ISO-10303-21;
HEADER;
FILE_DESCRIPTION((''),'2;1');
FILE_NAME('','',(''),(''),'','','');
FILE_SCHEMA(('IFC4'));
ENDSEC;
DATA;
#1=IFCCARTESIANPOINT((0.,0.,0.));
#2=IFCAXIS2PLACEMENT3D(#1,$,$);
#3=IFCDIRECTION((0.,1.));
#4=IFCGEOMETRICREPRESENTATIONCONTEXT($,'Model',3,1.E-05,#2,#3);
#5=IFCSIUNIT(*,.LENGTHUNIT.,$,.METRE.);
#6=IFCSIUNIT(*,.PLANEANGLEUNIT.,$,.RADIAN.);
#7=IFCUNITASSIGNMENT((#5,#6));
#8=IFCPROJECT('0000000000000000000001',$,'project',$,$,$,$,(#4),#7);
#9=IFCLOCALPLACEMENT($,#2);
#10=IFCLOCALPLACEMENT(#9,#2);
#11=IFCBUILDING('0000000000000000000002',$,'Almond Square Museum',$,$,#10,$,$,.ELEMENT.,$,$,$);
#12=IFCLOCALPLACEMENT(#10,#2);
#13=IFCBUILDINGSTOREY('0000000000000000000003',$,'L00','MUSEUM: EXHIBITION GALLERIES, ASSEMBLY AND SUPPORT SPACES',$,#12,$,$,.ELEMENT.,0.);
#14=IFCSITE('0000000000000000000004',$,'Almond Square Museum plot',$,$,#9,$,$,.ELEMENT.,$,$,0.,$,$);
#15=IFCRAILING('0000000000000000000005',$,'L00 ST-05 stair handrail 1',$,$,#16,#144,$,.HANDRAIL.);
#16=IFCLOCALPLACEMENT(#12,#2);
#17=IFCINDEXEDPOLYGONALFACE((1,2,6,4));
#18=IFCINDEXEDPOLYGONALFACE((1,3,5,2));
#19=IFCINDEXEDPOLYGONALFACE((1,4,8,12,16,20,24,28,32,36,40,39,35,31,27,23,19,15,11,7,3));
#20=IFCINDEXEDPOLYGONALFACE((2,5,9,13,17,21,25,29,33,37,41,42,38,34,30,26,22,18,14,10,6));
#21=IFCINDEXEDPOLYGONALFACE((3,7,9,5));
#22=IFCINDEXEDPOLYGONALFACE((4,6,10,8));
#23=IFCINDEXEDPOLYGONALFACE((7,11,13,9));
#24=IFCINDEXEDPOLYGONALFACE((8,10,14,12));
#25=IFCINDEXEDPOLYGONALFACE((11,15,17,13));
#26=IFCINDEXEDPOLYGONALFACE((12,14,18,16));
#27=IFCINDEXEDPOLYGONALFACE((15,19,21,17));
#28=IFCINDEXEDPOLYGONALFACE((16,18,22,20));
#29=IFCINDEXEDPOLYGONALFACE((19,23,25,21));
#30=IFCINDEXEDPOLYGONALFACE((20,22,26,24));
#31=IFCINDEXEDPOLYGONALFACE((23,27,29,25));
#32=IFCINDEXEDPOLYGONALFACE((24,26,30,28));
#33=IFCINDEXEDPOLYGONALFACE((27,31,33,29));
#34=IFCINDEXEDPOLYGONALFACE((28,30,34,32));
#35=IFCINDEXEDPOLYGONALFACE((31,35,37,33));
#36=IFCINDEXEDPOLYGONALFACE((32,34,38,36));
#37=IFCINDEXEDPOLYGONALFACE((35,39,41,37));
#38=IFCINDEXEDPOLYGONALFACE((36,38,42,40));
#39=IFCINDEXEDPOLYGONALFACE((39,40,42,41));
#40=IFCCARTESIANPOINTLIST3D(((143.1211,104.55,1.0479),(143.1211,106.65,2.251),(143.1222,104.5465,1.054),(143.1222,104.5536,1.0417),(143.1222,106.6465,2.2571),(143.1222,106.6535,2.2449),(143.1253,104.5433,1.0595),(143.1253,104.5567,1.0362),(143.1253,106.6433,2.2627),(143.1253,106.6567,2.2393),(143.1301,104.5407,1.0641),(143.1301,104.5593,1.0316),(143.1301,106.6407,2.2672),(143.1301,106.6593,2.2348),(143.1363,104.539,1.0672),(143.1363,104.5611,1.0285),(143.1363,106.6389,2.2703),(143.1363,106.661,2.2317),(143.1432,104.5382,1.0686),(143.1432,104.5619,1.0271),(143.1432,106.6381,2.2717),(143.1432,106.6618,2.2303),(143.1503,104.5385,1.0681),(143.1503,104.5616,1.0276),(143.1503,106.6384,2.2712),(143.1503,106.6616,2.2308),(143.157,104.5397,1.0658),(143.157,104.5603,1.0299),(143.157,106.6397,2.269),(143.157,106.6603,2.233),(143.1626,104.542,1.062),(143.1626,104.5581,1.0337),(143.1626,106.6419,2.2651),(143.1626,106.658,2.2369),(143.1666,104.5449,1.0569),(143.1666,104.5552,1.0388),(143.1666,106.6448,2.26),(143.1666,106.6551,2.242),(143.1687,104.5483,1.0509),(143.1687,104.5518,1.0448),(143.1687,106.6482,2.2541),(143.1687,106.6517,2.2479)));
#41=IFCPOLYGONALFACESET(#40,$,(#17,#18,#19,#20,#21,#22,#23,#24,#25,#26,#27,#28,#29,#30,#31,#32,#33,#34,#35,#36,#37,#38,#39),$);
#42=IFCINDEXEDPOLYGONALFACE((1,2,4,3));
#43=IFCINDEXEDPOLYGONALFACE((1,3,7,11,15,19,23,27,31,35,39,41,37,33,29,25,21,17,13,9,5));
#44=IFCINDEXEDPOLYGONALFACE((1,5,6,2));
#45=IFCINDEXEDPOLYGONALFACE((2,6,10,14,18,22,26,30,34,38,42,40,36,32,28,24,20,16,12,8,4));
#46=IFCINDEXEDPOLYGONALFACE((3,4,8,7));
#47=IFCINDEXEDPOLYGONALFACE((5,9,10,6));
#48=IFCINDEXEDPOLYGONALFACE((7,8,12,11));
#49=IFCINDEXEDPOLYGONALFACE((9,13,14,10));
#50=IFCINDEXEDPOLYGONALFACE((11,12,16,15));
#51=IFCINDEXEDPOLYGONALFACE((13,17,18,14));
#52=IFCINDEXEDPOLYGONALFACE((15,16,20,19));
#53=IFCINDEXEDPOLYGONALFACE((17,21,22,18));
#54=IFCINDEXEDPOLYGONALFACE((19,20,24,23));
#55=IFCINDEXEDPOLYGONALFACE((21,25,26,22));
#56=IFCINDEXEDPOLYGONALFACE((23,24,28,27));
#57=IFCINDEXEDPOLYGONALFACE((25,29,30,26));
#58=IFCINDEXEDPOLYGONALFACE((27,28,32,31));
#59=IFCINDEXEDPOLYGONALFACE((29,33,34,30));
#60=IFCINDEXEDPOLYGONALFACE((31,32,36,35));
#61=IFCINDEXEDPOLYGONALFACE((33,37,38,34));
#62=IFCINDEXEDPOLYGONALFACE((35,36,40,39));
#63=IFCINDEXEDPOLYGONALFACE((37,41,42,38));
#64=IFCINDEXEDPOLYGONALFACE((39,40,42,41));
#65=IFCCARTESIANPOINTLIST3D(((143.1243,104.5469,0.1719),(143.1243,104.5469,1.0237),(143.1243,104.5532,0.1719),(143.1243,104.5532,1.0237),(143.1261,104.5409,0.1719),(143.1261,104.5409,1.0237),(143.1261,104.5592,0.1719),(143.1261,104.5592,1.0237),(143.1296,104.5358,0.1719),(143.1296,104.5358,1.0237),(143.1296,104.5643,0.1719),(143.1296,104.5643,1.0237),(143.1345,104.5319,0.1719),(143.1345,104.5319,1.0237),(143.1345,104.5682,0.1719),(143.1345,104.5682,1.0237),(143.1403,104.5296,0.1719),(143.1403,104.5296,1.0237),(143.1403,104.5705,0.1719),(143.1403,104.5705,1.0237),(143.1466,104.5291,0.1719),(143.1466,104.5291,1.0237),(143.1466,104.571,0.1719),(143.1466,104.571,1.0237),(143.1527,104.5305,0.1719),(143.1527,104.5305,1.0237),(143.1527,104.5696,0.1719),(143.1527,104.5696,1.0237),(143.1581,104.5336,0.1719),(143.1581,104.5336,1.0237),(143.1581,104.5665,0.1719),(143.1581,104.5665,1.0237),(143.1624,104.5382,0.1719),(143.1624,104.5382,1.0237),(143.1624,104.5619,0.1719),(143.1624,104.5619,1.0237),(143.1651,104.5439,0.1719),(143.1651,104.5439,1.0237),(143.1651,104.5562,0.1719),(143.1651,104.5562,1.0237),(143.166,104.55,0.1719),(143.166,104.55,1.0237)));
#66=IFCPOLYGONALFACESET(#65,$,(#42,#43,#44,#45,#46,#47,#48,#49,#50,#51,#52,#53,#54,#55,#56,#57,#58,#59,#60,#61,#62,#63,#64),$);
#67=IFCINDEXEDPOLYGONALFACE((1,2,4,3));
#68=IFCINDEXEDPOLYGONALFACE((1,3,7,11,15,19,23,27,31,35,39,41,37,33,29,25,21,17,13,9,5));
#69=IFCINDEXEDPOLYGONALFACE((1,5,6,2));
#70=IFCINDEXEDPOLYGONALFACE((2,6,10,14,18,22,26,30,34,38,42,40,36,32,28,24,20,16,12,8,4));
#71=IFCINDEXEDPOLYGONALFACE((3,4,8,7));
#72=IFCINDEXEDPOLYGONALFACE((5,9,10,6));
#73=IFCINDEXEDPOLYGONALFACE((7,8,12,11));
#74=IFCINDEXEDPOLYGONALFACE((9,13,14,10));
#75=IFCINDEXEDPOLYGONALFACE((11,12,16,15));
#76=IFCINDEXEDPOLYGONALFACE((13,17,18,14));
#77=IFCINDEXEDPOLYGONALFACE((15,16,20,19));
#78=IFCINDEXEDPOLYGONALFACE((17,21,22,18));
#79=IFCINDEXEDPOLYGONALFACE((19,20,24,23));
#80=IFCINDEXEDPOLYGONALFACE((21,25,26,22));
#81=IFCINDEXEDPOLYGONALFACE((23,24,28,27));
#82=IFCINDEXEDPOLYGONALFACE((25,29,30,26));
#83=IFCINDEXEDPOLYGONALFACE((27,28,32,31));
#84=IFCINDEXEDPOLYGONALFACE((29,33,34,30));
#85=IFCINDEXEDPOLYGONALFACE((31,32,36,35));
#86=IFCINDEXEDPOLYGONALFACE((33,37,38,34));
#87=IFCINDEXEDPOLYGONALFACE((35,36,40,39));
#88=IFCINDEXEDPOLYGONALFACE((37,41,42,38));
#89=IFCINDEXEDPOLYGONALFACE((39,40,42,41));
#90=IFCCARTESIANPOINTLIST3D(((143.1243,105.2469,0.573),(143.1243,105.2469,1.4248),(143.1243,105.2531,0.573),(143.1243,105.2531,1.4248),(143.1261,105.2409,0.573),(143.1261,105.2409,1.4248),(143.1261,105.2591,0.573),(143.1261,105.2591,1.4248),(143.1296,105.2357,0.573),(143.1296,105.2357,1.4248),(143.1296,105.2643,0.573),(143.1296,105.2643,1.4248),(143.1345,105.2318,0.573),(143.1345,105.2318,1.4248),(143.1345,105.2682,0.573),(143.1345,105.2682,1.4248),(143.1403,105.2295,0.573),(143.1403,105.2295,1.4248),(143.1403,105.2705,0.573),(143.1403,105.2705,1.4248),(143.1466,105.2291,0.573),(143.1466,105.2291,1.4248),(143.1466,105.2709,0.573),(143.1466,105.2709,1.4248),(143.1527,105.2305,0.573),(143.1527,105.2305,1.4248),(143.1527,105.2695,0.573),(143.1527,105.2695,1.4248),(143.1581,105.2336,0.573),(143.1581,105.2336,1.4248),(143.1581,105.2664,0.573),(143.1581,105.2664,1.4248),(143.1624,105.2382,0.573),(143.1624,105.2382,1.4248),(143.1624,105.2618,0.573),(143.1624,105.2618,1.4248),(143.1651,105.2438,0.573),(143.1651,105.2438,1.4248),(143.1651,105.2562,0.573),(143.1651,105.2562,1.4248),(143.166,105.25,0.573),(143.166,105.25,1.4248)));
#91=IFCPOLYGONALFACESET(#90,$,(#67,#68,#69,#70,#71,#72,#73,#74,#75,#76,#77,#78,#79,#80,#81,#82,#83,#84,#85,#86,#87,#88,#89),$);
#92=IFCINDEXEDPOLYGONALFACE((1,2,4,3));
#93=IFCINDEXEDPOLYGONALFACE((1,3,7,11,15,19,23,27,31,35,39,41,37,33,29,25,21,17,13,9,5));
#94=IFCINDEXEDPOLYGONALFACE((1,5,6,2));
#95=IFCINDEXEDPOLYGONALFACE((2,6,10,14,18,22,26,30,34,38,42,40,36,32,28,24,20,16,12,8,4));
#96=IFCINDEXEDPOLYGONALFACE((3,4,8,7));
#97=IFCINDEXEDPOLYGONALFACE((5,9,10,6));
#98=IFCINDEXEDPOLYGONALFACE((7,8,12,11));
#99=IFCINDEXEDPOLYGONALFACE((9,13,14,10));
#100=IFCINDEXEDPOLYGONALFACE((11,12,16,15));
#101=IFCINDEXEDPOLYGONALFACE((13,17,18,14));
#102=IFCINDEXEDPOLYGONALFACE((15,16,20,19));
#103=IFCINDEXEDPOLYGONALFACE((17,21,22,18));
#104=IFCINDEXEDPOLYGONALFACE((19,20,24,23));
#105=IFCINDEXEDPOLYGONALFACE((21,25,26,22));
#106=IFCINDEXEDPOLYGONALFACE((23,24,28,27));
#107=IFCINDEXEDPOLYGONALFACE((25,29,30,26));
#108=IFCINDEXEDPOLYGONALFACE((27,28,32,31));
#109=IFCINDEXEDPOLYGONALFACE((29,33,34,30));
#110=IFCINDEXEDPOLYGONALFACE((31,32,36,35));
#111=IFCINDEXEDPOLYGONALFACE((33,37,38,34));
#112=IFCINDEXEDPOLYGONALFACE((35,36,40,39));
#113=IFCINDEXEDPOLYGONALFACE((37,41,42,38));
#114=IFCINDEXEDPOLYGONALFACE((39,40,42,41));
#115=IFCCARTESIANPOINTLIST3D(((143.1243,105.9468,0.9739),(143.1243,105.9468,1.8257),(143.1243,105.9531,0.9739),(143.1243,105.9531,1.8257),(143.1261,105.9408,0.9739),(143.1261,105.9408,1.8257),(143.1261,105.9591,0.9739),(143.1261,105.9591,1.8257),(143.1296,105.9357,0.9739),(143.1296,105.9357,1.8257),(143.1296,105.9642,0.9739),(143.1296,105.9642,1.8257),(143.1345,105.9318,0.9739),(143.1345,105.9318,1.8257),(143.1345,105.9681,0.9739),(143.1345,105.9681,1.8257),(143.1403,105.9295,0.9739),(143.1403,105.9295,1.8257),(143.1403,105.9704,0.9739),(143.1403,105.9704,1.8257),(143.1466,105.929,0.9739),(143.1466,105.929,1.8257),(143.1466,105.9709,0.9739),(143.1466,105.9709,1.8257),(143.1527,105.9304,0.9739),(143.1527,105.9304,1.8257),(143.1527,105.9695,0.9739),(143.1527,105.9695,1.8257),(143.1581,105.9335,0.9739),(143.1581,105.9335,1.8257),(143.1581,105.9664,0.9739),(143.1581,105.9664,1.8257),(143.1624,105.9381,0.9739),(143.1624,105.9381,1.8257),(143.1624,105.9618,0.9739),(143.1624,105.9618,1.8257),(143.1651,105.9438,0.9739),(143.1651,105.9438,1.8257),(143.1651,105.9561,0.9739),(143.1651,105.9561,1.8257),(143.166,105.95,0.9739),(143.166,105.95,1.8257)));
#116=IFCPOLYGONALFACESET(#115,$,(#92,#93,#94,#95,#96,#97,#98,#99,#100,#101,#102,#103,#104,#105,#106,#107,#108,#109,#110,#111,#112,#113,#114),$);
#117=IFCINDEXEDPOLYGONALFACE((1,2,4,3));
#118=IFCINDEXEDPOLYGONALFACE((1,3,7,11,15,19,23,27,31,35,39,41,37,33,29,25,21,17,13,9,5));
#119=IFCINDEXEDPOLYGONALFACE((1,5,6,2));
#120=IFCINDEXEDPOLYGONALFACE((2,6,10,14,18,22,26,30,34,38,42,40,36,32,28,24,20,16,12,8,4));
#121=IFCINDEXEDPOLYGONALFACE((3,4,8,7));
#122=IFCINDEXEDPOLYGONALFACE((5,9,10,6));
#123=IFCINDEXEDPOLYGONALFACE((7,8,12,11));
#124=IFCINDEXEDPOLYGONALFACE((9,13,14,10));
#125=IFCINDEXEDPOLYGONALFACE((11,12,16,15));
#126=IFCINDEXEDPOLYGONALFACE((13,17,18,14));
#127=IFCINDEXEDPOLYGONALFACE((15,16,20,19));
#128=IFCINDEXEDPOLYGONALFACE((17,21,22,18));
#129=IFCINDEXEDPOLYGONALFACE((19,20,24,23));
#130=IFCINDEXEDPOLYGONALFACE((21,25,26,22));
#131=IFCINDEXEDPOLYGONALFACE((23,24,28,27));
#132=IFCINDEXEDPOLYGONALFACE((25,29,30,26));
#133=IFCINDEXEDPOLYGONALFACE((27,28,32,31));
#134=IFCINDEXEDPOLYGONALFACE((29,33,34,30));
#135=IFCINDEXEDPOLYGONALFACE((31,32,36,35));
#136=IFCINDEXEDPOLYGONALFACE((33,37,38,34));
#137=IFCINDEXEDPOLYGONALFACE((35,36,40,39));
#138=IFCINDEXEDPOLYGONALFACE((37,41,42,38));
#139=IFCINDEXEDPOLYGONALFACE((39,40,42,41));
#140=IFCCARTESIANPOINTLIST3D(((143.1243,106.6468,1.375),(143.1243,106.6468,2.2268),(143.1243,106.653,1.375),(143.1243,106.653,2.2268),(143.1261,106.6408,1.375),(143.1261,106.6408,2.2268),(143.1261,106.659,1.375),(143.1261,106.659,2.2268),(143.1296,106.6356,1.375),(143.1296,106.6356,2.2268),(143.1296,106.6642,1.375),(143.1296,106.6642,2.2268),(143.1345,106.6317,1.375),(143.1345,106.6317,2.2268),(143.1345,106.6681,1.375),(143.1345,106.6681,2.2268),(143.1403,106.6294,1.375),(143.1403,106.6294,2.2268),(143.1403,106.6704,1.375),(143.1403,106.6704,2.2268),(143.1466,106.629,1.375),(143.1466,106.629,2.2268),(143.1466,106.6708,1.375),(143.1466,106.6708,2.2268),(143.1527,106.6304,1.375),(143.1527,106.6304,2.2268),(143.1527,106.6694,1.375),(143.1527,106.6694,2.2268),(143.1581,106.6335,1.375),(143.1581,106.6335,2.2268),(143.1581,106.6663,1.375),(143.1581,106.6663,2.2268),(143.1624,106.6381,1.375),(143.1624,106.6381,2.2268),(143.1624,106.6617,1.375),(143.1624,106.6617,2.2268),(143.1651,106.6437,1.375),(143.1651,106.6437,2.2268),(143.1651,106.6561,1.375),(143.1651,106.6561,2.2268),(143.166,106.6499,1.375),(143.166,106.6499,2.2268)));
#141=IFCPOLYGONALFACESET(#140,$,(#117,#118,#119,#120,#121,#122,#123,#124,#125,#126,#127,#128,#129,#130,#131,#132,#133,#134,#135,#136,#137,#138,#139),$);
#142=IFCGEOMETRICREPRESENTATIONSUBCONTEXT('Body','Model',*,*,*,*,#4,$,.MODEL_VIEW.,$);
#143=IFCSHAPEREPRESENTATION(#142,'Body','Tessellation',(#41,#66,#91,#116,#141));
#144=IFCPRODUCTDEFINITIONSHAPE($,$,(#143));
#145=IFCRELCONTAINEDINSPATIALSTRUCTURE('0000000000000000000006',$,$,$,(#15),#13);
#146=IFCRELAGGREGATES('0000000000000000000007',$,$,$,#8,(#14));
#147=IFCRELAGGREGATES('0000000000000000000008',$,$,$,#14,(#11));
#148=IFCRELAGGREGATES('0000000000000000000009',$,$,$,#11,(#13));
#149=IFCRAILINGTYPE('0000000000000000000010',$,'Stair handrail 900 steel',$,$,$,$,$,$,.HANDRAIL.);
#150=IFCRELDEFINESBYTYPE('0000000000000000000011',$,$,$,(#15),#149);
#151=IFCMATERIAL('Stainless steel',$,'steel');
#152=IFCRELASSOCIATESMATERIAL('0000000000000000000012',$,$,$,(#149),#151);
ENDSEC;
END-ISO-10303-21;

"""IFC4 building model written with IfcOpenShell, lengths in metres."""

from ifc_helpers import new_model, si_unit, direction, frame, origin, origin_2d, place, context, subcontext, project, spatial, circle, extrude, material, type_object, element, save


model = new_model("IFC4")

# Units and contexts
model_context = context("Model", 3, precision=1e-05, world=origin(), true_north=direction((0.0, 1.0)))
body_context = subcontext(model_context, "Body", "Model", "MODEL_VIEW")
ifc_project = project(units=[si_unit("LENGTHUNIT", "METRE"), si_unit("PLANEANGLEUNIT", "RADIAN")], contexts=[model_context])

# Site, building, storey
site_placement = place(None, origin())
site = spatial("IfcSite", under=ifc_project, at=site_placement, Name="Almond Square Museum plot", CompositionType="ELEMENT", RefElevation=0.0)
building_placement = place(site_placement, origin())
building = spatial("IfcBuilding", under=site, at=building_placement, Name="Almond Square Museum", CompositionType="ELEMENT")
storey_placement = place(building_placement, origin())
storey = spatial("IfcBuildingStorey", under=building, at=storey_placement, Name="L00", Description="MUSEUM: EXHIBITION GALLERIES, ASSEMBLY AND SUPPORT SPACES", CompositionType="ELEMENT", Elevation=0.0)

# Railing
ifc_material_1 = material(Name="Stainless steel", Category="steel")
railing_type_1 = type_object("IfcRailingType", Name="Stair handrail 900 steel", PredefinedType="HANDRAIL", material=ifc_material_1)
for number, where, name in (
    (1, (143.145, 104.55, 0.1719), "L00 ST-05 stair handrail 1"),
):
    element("IfcRailing", number, at=place(storey_placement, frame(where)), inside=storey, type_object=railing_type_1, Name=name, PredefinedType="HANDRAIL", context=body_context, shape_type="SweptSolid", body=[
        extrude(circle(Radius=0.0239, at=origin_2d()), frame((0.0, 0.0, 0.876), z_axis=(0.0, 0.867671, 0.497138), x_axis=(-1.0, 0.0, 0.0)), (0.0, 0.0, 1.0), 2.4202),
        extrude(circle(Radius=0.021, at=origin_2d()), origin(), (0.0, 0.0, 1.0), 0.8518),
        extrude(circle(Radius=0.021, at=origin_2d()), frame((0.0, 0.7, 0.4011)), (0.0, 0.0, 1.0), 0.8518),
        extrude(circle(Radius=0.021, at=origin_2d()), frame((0.0, 1.3999, 0.802)), (0.0, 0.0, 1.0), 0.8518),
        extrude(circle(Radius=0.021, at=origin_2d()), frame((0.0, 2.0999, 1.2031)), (0.0, 0.0, 1.0), 0.8518),
    ])

save(model, "model.ifc")
